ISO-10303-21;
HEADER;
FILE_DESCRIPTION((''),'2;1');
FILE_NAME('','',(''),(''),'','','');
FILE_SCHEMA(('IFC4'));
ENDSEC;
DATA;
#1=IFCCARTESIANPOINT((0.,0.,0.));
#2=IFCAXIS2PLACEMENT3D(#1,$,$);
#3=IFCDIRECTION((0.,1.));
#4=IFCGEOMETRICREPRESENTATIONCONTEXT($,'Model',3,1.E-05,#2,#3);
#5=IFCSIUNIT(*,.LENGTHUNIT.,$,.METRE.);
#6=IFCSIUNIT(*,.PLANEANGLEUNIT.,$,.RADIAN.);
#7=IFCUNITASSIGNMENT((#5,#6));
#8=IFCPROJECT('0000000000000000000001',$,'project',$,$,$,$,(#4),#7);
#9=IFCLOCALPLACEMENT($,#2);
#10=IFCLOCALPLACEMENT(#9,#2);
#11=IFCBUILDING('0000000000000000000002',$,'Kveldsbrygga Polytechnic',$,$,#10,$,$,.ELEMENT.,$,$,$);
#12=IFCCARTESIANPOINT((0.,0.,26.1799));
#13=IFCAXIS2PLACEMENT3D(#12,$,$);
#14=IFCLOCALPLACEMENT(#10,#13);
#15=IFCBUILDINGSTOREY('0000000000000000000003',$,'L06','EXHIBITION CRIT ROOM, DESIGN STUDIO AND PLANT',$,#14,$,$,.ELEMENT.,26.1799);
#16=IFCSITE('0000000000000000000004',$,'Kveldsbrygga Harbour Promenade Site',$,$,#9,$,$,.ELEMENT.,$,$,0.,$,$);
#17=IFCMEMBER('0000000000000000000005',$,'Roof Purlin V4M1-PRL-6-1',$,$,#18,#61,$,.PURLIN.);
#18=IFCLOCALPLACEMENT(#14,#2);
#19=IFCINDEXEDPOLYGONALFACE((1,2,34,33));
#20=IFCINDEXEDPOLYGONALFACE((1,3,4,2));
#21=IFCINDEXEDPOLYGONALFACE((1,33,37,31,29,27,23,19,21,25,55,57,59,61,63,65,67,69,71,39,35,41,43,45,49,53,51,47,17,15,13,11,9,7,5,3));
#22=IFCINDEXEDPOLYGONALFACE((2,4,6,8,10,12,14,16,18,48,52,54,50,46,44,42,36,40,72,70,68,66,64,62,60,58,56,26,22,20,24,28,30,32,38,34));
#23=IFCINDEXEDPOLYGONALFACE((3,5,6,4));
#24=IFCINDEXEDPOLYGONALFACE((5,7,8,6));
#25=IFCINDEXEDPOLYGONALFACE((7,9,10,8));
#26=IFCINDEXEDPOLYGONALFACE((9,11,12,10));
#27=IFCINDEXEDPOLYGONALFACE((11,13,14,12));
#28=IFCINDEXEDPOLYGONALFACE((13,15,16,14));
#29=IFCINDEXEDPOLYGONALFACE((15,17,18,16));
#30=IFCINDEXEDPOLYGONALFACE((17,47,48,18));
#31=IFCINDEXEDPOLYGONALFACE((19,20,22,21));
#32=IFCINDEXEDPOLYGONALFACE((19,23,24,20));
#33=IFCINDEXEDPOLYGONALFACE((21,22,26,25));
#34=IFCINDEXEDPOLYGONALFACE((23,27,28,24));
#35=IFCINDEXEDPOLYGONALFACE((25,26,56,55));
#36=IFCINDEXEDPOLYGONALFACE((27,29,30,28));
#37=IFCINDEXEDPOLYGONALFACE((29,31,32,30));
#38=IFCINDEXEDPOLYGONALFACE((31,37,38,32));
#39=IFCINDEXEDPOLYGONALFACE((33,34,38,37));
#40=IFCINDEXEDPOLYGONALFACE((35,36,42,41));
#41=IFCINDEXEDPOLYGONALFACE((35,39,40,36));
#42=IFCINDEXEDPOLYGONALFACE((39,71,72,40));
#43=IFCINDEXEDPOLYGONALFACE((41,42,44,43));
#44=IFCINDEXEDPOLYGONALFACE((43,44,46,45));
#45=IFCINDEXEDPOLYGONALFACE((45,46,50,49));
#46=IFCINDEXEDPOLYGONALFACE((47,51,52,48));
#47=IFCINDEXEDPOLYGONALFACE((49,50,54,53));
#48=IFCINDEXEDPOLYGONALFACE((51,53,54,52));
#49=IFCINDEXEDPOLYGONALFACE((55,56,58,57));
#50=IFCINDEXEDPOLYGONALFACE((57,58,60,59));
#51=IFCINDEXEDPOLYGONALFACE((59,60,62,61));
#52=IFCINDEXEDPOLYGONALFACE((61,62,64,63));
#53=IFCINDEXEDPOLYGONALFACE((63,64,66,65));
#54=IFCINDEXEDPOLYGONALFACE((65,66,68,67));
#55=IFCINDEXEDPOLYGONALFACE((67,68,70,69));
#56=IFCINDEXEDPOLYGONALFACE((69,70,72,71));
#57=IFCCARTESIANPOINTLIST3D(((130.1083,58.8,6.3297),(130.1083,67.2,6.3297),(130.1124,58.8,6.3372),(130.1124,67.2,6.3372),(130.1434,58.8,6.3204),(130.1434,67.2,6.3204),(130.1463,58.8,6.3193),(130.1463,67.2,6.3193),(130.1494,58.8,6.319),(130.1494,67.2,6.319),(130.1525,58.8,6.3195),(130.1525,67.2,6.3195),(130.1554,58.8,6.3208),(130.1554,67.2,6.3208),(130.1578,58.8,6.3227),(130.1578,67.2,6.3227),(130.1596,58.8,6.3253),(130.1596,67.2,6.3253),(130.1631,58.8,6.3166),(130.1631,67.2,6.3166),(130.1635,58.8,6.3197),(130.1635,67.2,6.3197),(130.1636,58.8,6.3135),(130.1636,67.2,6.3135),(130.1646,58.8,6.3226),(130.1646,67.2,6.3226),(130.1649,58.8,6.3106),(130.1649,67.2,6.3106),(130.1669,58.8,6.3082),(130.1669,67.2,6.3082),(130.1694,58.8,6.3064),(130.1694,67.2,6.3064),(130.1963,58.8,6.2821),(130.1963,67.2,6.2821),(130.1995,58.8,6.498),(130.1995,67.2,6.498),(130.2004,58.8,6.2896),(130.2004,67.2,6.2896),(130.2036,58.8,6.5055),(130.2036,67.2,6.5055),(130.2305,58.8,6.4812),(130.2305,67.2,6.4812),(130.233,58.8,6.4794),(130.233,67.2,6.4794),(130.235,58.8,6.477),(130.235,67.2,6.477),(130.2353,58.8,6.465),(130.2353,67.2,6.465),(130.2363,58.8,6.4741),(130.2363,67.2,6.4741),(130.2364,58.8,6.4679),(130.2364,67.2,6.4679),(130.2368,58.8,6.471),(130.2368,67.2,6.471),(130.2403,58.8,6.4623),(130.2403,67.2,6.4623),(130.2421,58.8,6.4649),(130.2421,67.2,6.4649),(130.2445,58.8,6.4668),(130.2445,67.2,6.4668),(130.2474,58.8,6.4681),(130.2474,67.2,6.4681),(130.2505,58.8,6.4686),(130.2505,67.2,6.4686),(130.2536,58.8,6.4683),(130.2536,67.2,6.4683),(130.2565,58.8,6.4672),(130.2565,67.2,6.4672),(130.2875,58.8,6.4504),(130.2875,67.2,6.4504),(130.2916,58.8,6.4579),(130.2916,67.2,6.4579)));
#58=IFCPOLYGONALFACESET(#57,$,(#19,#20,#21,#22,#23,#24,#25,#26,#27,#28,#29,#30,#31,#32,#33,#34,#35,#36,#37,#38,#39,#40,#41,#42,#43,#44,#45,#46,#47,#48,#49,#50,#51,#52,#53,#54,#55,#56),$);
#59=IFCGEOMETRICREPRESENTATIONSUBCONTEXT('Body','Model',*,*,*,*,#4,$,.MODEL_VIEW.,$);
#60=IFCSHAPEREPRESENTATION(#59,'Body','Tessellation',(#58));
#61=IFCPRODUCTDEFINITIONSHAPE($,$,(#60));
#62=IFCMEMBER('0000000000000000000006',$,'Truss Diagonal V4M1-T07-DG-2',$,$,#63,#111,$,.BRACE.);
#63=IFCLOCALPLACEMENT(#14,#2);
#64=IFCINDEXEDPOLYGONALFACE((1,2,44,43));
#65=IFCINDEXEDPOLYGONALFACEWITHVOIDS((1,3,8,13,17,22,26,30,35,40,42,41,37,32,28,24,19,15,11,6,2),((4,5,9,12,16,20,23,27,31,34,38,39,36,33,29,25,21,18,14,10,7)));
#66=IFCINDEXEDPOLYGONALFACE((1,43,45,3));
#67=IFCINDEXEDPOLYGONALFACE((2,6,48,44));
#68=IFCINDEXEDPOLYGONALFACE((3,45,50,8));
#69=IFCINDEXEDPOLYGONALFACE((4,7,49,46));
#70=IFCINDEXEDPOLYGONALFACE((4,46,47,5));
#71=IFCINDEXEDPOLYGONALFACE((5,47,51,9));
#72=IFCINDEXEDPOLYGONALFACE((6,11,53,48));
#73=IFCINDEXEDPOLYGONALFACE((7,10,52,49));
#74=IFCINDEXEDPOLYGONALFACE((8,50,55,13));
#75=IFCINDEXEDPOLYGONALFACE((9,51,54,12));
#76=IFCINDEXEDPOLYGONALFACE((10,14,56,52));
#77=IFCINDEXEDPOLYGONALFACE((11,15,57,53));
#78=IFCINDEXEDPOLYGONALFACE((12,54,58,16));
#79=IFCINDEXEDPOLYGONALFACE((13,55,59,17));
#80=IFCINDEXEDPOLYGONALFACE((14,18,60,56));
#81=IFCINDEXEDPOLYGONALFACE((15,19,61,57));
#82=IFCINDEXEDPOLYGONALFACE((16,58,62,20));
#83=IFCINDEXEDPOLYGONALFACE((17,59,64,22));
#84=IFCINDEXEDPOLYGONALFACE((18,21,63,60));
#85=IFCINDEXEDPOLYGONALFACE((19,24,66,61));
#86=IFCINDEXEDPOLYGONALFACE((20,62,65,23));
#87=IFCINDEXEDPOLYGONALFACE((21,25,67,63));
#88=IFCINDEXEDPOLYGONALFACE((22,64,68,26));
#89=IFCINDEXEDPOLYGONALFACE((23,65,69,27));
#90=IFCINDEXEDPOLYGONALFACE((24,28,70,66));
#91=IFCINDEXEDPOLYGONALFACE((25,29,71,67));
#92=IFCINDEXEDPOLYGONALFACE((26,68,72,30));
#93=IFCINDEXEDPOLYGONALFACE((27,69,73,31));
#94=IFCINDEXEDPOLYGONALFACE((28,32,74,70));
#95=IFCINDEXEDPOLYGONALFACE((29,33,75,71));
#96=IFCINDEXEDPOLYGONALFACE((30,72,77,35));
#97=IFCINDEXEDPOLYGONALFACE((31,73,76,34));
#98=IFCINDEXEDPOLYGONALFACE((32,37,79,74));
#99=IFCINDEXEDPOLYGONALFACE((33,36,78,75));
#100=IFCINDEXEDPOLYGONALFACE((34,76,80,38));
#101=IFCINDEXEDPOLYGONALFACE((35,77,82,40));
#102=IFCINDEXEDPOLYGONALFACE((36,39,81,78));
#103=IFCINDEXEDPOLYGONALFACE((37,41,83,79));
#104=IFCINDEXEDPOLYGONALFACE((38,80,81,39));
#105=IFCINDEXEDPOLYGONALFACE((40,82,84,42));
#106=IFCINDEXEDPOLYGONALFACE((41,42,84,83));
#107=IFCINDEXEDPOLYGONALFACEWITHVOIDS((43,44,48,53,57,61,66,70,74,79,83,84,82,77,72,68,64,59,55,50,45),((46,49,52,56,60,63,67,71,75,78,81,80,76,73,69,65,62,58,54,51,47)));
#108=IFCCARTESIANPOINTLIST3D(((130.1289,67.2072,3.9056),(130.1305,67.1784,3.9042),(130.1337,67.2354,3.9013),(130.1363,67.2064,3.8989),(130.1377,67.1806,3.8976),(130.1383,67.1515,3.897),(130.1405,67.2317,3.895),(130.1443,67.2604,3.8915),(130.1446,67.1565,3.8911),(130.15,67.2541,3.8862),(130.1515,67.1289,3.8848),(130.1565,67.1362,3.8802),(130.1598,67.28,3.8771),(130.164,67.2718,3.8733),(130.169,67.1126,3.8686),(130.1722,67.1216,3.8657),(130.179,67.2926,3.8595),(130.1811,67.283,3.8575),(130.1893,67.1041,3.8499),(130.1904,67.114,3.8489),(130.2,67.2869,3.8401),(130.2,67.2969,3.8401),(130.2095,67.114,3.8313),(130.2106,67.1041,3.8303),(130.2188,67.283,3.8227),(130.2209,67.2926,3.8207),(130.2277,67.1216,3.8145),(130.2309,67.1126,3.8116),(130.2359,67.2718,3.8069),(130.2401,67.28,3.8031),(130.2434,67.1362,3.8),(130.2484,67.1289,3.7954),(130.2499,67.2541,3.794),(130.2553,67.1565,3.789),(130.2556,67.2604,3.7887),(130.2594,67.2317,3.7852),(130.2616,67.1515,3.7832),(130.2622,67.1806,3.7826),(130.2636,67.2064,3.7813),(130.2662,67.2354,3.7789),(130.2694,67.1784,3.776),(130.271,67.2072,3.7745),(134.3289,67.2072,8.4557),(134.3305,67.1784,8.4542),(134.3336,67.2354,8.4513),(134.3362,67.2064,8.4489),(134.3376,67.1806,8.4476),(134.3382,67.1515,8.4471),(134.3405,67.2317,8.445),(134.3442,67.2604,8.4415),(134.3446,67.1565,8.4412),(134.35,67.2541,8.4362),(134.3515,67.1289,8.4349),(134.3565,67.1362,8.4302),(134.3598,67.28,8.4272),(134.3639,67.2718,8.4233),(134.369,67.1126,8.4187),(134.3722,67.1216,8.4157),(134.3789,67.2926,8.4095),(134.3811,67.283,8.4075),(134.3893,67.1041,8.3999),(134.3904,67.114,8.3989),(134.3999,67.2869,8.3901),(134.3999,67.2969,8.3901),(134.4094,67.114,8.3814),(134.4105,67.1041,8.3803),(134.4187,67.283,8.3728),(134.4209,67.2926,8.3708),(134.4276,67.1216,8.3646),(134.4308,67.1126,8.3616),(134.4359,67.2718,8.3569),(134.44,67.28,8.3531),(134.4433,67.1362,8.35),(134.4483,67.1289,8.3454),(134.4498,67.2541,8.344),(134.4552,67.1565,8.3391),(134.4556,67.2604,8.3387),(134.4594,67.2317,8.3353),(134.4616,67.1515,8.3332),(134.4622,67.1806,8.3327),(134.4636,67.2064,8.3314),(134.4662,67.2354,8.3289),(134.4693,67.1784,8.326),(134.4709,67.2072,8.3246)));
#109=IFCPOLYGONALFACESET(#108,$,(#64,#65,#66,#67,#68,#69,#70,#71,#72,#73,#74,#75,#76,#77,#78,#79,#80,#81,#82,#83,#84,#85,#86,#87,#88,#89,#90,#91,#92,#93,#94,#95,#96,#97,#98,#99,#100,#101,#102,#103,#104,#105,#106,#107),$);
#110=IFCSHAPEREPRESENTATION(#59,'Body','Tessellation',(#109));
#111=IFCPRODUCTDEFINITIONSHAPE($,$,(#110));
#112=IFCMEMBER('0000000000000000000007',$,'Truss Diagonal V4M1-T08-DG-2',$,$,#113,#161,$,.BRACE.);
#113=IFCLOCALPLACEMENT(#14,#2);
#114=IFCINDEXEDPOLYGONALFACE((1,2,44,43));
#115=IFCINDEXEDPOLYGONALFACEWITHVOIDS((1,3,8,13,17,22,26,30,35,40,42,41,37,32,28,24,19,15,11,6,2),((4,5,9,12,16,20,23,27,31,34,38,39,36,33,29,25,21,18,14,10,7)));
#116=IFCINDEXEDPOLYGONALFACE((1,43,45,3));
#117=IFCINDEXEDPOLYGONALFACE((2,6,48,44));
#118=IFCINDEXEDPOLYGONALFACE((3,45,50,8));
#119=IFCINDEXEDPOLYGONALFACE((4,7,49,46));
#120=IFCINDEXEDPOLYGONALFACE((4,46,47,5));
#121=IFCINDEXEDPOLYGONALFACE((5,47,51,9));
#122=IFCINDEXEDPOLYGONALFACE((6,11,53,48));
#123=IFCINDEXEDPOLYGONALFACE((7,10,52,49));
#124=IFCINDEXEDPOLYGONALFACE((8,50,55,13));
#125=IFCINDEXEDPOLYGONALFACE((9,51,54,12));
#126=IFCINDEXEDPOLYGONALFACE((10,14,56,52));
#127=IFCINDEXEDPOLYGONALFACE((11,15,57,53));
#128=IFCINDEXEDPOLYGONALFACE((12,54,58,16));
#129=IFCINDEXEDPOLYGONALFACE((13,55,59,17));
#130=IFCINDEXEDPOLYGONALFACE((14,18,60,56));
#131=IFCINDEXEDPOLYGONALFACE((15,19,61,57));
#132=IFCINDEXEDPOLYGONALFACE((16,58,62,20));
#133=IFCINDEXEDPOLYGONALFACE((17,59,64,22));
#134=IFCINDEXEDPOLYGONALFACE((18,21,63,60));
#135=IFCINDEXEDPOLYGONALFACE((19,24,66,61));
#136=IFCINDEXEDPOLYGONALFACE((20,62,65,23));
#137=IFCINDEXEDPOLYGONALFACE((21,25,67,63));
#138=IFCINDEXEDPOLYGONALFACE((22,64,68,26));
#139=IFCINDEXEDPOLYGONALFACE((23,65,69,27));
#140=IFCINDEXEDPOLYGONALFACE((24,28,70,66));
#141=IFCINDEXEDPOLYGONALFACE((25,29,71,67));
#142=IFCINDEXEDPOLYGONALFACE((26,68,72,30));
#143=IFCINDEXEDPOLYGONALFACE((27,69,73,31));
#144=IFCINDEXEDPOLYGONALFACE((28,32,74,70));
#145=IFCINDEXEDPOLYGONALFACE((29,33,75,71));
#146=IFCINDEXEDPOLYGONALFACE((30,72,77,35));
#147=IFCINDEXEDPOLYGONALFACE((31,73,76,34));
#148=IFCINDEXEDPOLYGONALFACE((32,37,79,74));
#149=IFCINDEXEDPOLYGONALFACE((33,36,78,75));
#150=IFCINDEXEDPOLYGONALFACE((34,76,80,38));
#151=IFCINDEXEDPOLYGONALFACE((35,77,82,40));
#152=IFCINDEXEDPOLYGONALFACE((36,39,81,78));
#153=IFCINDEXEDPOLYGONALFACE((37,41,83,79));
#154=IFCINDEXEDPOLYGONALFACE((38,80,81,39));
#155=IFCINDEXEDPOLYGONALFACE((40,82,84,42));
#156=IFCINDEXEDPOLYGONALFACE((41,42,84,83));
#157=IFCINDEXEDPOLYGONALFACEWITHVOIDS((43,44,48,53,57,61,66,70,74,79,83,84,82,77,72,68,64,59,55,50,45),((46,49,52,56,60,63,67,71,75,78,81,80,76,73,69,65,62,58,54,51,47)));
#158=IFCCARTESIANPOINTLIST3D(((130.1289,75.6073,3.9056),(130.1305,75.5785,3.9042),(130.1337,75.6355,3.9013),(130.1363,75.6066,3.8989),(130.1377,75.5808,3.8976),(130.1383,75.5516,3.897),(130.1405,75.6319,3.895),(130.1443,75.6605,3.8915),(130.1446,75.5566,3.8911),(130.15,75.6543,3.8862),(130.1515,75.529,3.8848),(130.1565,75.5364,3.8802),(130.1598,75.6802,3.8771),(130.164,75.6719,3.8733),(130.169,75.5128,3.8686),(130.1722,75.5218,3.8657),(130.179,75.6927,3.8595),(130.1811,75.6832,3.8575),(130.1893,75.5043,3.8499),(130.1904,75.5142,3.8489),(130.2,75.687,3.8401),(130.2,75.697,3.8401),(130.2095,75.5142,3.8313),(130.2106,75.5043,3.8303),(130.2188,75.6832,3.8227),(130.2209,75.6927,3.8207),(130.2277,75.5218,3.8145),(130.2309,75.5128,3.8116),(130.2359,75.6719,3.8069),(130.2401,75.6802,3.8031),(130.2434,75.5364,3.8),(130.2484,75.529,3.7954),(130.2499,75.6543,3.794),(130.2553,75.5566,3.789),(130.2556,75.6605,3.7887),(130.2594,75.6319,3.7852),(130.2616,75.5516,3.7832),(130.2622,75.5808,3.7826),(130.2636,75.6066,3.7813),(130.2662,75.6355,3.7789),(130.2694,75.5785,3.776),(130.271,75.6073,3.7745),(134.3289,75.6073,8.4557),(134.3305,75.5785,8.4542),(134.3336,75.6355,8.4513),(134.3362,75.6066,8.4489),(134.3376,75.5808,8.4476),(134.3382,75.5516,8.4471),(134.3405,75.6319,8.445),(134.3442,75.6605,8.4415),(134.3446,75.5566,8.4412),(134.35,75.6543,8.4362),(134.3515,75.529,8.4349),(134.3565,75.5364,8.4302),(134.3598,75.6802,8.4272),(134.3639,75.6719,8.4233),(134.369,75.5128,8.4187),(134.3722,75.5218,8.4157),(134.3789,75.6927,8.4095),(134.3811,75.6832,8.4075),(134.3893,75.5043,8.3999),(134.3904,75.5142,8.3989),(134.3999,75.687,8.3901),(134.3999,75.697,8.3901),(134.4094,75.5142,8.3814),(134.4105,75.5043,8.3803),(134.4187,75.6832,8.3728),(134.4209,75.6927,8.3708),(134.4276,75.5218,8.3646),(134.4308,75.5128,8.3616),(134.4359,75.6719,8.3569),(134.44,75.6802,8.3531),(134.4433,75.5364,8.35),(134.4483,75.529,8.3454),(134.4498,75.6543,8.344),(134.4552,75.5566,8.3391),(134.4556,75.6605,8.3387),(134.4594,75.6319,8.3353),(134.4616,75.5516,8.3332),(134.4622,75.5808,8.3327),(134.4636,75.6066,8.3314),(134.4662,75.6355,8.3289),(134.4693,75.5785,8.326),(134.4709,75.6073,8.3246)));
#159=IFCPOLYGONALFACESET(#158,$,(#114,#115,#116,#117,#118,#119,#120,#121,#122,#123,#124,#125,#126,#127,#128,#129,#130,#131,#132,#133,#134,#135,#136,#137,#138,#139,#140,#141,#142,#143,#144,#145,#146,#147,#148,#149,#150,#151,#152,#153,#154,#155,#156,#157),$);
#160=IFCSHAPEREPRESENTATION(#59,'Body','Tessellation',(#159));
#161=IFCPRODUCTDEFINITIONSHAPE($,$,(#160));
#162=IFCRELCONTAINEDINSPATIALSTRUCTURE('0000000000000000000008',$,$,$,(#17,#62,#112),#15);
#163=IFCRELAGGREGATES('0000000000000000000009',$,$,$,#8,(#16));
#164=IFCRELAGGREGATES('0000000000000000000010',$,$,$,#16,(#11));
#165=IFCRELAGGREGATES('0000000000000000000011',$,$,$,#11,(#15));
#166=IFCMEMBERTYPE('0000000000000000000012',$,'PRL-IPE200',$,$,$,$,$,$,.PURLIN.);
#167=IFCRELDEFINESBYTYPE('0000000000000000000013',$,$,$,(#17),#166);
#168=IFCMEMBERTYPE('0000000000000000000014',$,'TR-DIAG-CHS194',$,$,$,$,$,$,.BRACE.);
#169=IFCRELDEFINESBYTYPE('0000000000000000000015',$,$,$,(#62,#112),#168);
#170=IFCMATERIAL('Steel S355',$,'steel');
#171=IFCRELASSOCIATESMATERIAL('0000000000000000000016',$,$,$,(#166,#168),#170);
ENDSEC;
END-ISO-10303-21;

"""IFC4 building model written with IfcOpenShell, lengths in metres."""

from ifc_helpers import new_model, si_unit, direction, frame, origin, origin_2d, place, context, subcontext, project, spatial, hollow_circle, i_section, extrude, material, material_profile, profile_set, type_object, element, save


model = new_model("IFC4")

# Units and contexts
model_context = context("Model", 3, precision=1e-05, world=origin(), true_north=direction((0.0, 1.0)))
body_context = subcontext(model_context, "Body", "Model", "MODEL_VIEW")
ifc_project = project(units=[si_unit("LENGTHUNIT", "METRE"), si_unit("PLANEANGLEUNIT", "RADIAN")], contexts=[model_context])

# Site, building, storey
site_placement = place(None, origin())
site = spatial("IfcSite", under=ifc_project, at=site_placement, Name="Kveldsbrygga Harbour Promenade Site", CompositionType="ELEMENT", RefElevation=0.0)
building_placement = place(site_placement, origin())
building = spatial("IfcBuilding", under=site, at=building_placement, Name="Kveldsbrygga Polytechnic", CompositionType="ELEMENT")
storey_placement = place(building_placement, frame((0.0, 0.0, 26.1799)))
storey = spatial("IfcBuildingStorey", under=building, at=storey_placement, Name="L06", Description="EXHIBITION CRIT ROOM, DESIGN STUDIO AND PLANT", CompositionType="ELEMENT", Elevation=26.1799)

# Members
ifc_material_1 = material(Name="Steel S355", Category="steel")
ifc_material_profile_1 = material_profile(ifc_material_1, i_section(OverallWidth=0.1001, OverallDepth=0.2, WebThickness=0.0056, FlangeThickness=0.0085, FilletRadius=0.012, at=origin_2d()), Name="IPE 200")
ifc_profile_set_1 = profile_set([ifc_material_profile_1], Name="Steel S355")
member_type_1 = type_object("IfcMemberType", Name="PRL-IPE200", PredefinedType="PURLIN", material=ifc_profile_set_1)
member_placement = place(storey_placement, frame((130.2, 58.8, 6.3938), z_axis=(0.0, 1.0, 0.0), x_axis=(-0.879292, 0.0, 0.476283)))
element("IfcMember", 1, at=member_placement, inside=storey, type_object=member_type_1, Name="Roof Purlin V4M1-PRL-6-1", PredefinedType="PURLIN", context=body_context, shape_type="SweptSolid", body=[
    extrude(i_section(OverallWidth=0.1001, OverallDepth=0.2, WebThickness=0.0056, FlangeThickness=0.0085, FilletRadius=0.012, at=origin_2d()), origin(), (0.0, 0.0, 1.0), 8.3999),
])
ifc_material_profile_2 = material_profile(ifc_material_1, hollow_circle(Radius=0.0969, WallThickness=0.01, at=origin_2d()), Name="CHS 193.7x10.0")
ifc_profile_set_2 = profile_set([ifc_material_profile_2], Name="Steel S355")
member_type_2 = type_object("IfcMemberType", Name="TR-DIAG-CHS194", PredefinedType="BRACE", material=ifc_profile_set_2)
for number, where, z_axis, x_axis, name in (
    (2, (130.2, 67.2, 3.8401), (0.678272, 0.0, 0.734811), (0.0, 1.0, 0.0), "Truss Diagonal V4M1-T07-DG-2"),
    (3, (130.2, 75.6001, 3.8401), (0.678272, 0.0, 0.734811), (0.0, 1.0, 0.0), "Truss Diagonal V4M1-T08-DG-2"),
):
    element("IfcMember", number, at=place(storey_placement, frame(where, z_axis=z_axis, x_axis=x_axis)), inside=storey, type_object=member_type_2, Name=name, PredefinedType="BRACE", context=body_context, shape_type="SweptSolid", body=[
        extrude(hollow_circle(Radius=0.0969, WallThickness=0.01, at=origin_2d()), origin(), (0.0, 0.0, 1.0), 6.1921),
    ])

save(model, "model.ifc")
